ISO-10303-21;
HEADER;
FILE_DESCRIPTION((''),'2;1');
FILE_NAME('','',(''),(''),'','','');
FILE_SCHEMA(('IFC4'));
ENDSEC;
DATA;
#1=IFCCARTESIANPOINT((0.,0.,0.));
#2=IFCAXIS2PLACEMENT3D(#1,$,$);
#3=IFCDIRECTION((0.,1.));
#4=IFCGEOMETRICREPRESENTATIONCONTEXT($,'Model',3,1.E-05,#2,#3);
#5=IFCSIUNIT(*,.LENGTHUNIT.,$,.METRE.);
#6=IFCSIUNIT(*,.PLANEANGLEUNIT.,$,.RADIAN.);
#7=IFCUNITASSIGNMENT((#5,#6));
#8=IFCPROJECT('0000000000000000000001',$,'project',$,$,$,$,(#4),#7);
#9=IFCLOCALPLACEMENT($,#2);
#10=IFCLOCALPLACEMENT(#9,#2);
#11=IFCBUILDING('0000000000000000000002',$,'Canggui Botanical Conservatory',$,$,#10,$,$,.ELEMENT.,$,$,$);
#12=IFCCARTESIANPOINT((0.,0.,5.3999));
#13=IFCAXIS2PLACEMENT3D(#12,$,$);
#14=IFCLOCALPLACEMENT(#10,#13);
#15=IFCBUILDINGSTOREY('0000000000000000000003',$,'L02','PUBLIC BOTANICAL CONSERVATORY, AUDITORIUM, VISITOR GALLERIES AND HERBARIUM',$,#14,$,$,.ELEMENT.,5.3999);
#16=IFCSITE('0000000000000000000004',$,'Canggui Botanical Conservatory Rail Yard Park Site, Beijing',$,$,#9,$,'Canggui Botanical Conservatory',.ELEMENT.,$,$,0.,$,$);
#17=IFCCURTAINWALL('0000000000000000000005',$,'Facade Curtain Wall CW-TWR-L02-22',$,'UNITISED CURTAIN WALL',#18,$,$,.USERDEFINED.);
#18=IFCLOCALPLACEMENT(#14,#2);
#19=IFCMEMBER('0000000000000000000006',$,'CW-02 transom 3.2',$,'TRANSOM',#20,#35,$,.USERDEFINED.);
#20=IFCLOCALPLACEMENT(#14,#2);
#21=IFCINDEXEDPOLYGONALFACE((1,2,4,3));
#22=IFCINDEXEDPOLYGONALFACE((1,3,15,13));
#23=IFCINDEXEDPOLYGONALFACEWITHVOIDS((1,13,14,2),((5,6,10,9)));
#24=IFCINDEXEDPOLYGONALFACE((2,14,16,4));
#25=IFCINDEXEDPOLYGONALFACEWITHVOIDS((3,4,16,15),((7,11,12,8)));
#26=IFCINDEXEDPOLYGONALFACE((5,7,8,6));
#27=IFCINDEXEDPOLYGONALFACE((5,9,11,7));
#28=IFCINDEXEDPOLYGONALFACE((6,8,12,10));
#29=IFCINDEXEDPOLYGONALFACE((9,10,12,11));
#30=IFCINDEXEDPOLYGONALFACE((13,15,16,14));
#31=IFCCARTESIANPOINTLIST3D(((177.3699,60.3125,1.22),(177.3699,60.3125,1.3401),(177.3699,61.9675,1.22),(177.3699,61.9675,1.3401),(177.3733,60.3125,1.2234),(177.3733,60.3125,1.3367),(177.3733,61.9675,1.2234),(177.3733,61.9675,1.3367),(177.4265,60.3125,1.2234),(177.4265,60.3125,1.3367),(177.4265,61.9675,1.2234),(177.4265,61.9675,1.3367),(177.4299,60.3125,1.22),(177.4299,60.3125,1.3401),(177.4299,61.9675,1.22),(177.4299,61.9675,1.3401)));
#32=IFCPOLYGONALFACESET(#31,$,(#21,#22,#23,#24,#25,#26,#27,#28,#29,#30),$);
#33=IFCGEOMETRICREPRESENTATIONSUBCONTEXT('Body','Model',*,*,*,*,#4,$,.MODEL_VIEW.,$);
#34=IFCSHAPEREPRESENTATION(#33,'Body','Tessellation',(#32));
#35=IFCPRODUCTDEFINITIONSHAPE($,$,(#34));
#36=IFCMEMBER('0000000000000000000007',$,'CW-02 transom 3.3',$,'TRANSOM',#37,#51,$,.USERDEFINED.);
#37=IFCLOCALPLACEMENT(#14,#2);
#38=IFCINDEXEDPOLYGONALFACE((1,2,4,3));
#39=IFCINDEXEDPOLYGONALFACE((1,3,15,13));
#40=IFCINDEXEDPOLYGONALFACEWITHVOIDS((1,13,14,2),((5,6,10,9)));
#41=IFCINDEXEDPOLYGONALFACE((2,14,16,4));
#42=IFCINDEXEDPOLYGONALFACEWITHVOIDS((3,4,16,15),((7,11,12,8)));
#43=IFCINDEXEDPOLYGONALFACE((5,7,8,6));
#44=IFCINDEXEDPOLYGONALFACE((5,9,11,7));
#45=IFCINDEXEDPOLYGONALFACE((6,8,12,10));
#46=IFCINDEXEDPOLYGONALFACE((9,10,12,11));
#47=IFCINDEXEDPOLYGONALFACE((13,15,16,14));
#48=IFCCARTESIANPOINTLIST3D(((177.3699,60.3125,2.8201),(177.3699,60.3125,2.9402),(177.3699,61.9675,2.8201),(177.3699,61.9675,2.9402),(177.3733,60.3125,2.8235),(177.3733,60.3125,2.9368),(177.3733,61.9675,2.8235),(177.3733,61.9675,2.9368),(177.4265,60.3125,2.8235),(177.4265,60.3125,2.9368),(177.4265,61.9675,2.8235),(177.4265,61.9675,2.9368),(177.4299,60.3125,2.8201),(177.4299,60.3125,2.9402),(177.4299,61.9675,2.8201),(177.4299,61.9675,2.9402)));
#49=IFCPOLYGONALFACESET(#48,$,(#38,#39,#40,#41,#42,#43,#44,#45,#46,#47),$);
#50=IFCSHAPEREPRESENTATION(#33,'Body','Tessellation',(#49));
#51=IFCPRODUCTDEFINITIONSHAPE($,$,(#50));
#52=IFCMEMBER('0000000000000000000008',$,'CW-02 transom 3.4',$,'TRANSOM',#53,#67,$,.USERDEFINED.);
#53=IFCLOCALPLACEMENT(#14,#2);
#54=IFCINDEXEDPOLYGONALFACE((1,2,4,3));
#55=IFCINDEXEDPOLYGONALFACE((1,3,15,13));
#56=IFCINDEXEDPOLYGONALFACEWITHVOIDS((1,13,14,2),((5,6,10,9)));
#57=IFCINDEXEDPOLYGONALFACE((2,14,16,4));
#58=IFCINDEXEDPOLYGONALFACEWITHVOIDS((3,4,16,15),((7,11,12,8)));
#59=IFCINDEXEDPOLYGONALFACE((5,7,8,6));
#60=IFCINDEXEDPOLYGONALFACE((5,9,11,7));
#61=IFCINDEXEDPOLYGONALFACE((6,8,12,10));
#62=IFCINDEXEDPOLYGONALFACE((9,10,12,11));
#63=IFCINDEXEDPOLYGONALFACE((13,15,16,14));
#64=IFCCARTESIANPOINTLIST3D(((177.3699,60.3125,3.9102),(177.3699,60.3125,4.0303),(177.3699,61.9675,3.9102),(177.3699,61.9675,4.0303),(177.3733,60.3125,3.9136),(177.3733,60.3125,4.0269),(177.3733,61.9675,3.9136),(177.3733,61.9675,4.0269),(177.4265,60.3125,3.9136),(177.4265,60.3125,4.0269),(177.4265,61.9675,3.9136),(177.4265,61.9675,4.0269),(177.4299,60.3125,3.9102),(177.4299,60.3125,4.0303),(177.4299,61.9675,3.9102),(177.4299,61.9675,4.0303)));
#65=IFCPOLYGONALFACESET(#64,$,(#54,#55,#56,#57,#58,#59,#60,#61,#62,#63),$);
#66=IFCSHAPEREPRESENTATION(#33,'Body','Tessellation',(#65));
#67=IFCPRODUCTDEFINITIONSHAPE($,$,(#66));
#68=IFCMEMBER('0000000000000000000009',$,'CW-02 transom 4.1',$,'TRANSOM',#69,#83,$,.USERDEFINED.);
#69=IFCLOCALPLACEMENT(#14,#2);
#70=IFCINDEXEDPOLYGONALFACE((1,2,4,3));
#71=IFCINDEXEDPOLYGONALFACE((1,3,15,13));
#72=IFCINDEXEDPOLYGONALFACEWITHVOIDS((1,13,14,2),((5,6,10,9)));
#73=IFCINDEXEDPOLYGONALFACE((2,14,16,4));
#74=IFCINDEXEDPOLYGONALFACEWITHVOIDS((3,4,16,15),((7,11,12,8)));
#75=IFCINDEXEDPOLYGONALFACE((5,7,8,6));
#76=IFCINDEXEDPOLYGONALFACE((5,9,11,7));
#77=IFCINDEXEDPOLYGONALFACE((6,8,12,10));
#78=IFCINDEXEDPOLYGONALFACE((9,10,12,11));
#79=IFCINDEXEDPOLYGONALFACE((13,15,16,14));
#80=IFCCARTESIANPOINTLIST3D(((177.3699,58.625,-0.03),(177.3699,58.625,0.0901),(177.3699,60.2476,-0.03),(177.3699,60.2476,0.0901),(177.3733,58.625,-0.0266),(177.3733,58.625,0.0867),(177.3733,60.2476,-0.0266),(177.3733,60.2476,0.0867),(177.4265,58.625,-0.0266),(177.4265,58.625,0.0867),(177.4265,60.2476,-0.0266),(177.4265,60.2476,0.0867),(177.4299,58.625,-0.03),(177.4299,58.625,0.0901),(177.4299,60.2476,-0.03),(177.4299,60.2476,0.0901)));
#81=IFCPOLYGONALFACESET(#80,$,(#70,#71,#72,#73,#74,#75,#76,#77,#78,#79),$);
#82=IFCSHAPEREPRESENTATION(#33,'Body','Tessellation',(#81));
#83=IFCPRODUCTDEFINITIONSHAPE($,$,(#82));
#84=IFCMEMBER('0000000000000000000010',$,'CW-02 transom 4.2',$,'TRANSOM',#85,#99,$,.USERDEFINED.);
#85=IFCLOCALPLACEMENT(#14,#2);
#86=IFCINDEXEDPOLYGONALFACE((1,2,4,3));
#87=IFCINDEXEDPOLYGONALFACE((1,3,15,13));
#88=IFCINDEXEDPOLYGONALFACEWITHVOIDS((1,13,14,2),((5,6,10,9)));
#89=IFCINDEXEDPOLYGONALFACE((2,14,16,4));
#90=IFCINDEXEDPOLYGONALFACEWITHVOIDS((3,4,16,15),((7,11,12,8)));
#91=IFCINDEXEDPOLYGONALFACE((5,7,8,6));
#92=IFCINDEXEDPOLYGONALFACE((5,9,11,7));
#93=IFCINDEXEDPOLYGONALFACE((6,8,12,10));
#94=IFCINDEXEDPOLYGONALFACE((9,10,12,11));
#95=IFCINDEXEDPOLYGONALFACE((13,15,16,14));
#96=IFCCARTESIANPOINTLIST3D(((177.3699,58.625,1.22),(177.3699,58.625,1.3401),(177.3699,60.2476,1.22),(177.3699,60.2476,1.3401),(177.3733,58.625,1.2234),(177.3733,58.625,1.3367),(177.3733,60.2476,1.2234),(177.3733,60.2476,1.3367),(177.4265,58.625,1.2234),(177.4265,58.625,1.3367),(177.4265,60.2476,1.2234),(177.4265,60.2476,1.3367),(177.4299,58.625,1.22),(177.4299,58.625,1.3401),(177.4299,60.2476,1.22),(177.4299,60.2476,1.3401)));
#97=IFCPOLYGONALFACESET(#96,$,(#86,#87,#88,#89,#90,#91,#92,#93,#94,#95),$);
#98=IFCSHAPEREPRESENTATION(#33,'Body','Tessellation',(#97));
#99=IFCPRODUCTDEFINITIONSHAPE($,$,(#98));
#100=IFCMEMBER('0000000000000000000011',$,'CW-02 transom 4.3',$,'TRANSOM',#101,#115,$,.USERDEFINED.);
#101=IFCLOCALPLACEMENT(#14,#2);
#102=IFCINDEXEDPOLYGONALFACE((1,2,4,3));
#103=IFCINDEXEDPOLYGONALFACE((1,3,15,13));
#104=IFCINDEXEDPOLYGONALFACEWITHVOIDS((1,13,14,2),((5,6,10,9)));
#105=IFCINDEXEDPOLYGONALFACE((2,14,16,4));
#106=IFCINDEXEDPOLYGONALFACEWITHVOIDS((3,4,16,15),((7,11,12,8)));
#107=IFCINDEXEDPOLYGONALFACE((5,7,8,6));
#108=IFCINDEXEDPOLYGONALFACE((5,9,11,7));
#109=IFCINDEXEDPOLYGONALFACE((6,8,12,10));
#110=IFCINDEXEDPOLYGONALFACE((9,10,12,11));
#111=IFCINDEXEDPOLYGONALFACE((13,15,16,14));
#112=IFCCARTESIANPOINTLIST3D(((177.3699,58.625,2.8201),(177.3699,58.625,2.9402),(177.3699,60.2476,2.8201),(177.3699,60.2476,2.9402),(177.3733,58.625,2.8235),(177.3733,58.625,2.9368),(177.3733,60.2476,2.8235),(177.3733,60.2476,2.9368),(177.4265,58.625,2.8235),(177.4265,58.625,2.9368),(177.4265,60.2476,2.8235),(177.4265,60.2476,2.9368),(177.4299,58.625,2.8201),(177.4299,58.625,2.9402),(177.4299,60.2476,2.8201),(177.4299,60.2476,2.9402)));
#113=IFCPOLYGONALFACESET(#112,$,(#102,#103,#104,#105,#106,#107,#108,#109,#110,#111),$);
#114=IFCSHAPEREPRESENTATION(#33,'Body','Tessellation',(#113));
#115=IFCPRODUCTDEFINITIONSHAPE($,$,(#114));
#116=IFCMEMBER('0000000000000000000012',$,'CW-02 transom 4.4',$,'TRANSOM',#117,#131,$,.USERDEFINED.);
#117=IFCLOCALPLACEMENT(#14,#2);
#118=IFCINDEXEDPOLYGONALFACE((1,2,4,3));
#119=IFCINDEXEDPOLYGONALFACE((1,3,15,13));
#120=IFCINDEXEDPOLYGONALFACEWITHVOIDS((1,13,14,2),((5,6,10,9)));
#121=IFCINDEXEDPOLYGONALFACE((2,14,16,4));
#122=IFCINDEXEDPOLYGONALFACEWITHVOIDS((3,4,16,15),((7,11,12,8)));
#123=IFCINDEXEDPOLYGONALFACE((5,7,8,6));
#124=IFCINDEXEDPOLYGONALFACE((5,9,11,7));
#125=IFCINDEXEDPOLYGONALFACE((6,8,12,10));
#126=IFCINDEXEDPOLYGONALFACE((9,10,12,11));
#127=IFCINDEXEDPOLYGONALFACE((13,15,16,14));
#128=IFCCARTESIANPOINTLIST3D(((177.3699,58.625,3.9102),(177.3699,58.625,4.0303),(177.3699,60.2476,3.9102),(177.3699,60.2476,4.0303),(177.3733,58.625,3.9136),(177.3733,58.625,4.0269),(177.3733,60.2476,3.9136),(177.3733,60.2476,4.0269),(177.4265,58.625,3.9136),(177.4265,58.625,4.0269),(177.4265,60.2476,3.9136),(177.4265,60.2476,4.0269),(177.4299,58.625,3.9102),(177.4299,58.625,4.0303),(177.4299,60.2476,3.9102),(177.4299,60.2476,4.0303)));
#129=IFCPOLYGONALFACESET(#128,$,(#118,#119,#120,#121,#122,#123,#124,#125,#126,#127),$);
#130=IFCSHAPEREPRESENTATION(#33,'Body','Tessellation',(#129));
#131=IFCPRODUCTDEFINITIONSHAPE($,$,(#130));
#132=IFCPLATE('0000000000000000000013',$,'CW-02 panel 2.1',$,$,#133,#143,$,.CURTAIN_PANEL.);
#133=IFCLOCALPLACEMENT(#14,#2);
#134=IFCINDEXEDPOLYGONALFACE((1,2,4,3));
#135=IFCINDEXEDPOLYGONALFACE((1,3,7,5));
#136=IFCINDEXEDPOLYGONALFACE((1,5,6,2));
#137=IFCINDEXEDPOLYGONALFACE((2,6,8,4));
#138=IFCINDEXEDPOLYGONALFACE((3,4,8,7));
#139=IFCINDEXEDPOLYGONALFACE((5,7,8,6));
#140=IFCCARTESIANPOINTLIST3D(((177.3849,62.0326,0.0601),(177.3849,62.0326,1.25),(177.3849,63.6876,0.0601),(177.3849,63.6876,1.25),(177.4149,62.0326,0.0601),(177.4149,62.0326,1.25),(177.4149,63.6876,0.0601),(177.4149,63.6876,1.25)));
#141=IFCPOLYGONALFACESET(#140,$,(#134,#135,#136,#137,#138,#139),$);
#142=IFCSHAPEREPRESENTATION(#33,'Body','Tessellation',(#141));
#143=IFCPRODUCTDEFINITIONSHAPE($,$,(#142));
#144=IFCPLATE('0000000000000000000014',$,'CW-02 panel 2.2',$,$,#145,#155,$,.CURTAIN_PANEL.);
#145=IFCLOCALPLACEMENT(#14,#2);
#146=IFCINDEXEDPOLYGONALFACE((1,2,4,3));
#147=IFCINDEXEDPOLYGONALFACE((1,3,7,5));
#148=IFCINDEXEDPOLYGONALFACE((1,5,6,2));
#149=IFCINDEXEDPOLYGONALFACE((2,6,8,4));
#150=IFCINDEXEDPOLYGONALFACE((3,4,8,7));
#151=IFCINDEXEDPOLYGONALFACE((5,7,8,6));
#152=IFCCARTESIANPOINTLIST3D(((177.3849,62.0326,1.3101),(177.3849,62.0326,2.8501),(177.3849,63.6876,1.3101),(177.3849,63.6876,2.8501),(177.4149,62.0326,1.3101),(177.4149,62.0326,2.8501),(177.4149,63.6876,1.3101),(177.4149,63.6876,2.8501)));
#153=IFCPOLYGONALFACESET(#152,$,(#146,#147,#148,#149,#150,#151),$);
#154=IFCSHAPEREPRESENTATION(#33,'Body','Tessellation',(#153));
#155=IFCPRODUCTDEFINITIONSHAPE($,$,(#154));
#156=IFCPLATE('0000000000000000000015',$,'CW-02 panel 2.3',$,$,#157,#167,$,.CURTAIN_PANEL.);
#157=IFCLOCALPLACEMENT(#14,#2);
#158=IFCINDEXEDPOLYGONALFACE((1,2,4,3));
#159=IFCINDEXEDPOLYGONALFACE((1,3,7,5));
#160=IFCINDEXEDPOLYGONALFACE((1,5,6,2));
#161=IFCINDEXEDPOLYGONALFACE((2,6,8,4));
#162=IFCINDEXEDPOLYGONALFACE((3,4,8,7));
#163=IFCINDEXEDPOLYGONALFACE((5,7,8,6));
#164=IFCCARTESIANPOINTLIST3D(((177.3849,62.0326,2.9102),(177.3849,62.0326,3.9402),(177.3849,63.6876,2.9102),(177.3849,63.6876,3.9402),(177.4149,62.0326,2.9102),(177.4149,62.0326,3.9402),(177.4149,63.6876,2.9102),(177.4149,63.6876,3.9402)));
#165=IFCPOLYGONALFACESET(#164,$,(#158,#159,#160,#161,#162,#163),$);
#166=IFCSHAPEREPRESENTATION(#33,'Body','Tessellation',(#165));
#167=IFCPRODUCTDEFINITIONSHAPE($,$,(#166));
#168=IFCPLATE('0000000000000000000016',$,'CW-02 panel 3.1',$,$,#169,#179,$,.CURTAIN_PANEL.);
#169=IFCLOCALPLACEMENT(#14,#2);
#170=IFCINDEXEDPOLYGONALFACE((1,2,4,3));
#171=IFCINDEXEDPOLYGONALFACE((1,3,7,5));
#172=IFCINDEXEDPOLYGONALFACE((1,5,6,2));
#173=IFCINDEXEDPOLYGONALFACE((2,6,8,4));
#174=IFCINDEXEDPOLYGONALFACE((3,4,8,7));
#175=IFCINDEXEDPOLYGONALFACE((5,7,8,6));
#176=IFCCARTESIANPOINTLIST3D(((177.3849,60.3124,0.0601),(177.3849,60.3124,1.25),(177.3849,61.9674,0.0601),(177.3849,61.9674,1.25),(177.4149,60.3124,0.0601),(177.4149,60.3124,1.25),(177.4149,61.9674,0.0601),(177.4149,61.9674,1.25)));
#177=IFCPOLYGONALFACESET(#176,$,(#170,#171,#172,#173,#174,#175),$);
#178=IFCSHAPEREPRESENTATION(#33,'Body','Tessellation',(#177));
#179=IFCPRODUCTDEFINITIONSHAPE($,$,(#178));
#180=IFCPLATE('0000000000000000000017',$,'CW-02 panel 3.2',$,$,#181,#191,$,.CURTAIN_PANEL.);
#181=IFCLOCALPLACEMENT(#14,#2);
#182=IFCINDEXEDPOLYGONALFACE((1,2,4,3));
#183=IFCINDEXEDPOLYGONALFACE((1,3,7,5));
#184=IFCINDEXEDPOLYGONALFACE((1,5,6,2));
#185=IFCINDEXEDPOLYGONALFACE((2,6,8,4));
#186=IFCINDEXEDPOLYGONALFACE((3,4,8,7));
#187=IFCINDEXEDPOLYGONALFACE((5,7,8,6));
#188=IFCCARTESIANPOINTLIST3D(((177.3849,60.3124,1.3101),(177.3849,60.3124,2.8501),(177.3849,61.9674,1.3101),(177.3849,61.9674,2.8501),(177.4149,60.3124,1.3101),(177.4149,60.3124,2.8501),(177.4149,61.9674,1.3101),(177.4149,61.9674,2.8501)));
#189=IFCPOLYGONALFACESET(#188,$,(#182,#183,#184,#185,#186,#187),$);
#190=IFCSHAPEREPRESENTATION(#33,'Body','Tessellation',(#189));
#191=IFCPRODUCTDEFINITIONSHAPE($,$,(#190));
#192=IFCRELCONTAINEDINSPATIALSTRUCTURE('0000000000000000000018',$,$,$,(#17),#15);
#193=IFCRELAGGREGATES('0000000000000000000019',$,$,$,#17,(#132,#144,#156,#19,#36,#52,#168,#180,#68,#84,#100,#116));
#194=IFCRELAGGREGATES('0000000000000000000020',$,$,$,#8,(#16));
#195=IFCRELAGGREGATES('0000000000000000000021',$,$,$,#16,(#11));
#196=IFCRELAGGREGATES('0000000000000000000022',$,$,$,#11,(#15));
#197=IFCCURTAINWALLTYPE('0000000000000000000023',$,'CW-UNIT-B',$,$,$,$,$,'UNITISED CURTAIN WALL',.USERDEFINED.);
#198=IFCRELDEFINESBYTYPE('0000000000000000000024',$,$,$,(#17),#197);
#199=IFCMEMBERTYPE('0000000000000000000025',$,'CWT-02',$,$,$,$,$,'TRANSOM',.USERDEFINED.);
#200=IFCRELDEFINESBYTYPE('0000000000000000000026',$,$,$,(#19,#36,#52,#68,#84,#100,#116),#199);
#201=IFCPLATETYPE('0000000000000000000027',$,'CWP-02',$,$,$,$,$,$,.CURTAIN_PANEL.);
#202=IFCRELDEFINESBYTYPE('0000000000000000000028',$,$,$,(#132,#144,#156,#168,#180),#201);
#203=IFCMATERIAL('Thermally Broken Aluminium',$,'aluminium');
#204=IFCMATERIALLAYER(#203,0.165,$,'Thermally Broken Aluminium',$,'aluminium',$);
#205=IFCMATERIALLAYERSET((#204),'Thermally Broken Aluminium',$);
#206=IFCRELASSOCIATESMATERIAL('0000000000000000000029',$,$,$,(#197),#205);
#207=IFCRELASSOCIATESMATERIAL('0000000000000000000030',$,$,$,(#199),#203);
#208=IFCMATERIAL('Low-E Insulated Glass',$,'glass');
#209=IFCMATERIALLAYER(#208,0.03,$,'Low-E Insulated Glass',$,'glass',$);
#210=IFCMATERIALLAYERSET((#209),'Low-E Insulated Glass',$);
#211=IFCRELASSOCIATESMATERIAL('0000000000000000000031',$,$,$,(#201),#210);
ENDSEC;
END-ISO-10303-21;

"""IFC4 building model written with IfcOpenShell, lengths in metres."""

from ifc_helpers import new_model, si_unit, direction, frame, origin, origin_2d, place, context, subcontext, project, spatial, rectangle, hollow_rectangle, extrude, material, layer, layer_set, material_profile, profile_set, type_object, element, aggregate, save


model = new_model("IFC4")

# Units and contexts
model_context = context("Model", 3, precision=1e-05, world=origin(), true_north=direction((0.0, 1.0)))
body_context = subcontext(model_context, "Body", "Model", "MODEL_VIEW")
ifc_project = project(units=[si_unit("LENGTHUNIT", "METRE"), si_unit("PLANEANGLEUNIT", "RADIAN")], contexts=[model_context])

# Site, building, storey
site_placement = place(None, origin())
site = spatial("IfcSite", under=ifc_project, at=site_placement, Name="Canggui Botanical Conservatory Rail Yard Park Site, Beijing", LongName="Canggui Botanical Conservatory", CompositionType="ELEMENT", RefElevation=0.0)
building_placement = place(site_placement, origin())
building = spatial("IfcBuilding", under=site, at=building_placement, Name="Canggui Botanical Conservatory", CompositionType="ELEMENT")
storey_placement = place(building_placement, frame((0.0, 0.0, 5.3999)))
storey = spatial("IfcBuildingStorey", under=building, at=storey_placement, Name="L02", Description="PUBLIC BOTANICAL CONSERVATORY, AUDITORIUM, VISITOR GALLERIES AND HERBARIUM", CompositionType="ELEMENT", Elevation=5.3999)

# Curtain wall, members, plates
ifc_material_1 = material(Name="Thermally Broken Aluminium", Category="aluminium")
ifc_layer_1 = layer(ifc_material_1, 0.165, Name="Thermally Broken Aluminium", Category="aluminium")
ifc_layer_set_1 = layer_set([ifc_layer_1], Name="Thermally Broken Aluminium")
curtain_wall_type = type_object("IfcCurtainWallType", Name="CW-UNIT-B", ElementType="UNITISED CURTAIN WALL", PredefinedType="USERDEFINED", material=ifc_layer_set_1)
curtain_wall_placement = place(storey_placement, origin())
curtain_wall = element("IfcCurtainWall", 1, at=curtain_wall_placement, inside=storey, type_object=curtain_wall_type, Name="Facade Curtain Wall CW-TWR-L02-22", ObjectType="UNITISED CURTAIN WALL", PredefinedType="USERDEFINED")
ifc_material_profile_1 = material_profile(ifc_material_1, hollow_rectangle(XDim=0.0601, YDim=0.1201, WallThickness=0.0034, at=origin_2d()), Name="CWT 60x120x3.5")
ifc_profile_set_1 = profile_set([ifc_material_profile_1], Name="Thermally Broken Aluminium")
member_type_1 = type_object("IfcMemberType", Name="CWT-02", ElementType="TRANSOM", PredefinedType="USERDEFINED", material=ifc_profile_set_1)
member_1_placement = place(storey_placement, frame((177.3999, 61.9675, 1.28), z_axis=(0.0, -1.0, 0.0), x_axis=(1.0, 0.0, 0.0)))
member_1 = element("IfcMember", 2, at=member_1_placement, type_object=member_type_1, Name="CW-02 transom 3.2", ObjectType="TRANSOM", PredefinedType="USERDEFINED", context=body_context, shape_type="SweptSolid", body=[
    extrude(hollow_rectangle(XDim=0.0601, YDim=0.1201, WallThickness=0.0034, at=origin_2d()), origin(), (0.0, 0.0, 1.0), 1.655),
])
member_2_placement = place(storey_placement, frame((177.3999, 61.9675, 2.8801), z_axis=(0.0, -1.0, 0.0), x_axis=(1.0, 0.0, 0.0)))
member_2 = element("IfcMember", 3, at=member_2_placement, type_object=member_type_1, Name="CW-02 transom 3.3", ObjectType="TRANSOM", PredefinedType="USERDEFINED", context=body_context, shape_type="SweptSolid", body=[
    extrude(hollow_rectangle(XDim=0.0601, YDim=0.1201, WallThickness=0.0034, at=origin_2d()), origin(), (0.0, 0.0, 1.0), 1.655),
])
member_3_placement = place(storey_placement, frame((177.3999, 61.9675, 3.9702), z_axis=(0.0, -1.0, 0.0), x_axis=(1.0, 0.0, 0.0)))
member_3 = element("IfcMember", 4, at=member_3_placement, type_object=member_type_1, Name="CW-02 transom 3.4", ObjectType="TRANSOM", PredefinedType="USERDEFINED", context=body_context, shape_type="SweptSolid", body=[
    extrude(hollow_rectangle(XDim=0.0601, YDim=0.1201, WallThickness=0.0034, at=origin_2d()), origin(), (0.0, 0.0, 1.0), 1.655),
])
member_4_placement = place(storey_placement, frame((177.3999, 60.2476, 0.03), z_axis=(0.0, -1.0, 0.0), x_axis=(1.0, 0.0, 0.0)))
member_4 = element("IfcMember", 5, at=member_4_placement, type_object=member_type_1, Name="CW-02 transom 4.1", ObjectType="TRANSOM", PredefinedType="USERDEFINED", context=body_context, shape_type="SweptSolid", body=[
    extrude(hollow_rectangle(XDim=0.0601, YDim=0.1201, WallThickness=0.0034, at=origin_2d()), origin(), (0.0, 0.0, 1.0), 1.6226),
])
member_5_placement = place(storey_placement, frame((177.3999, 60.2476, 1.28), z_axis=(0.0, -1.0, 0.0), x_axis=(1.0, 0.0, 0.0)))
member_5 = element("IfcMember", 6, at=member_5_placement, type_object=member_type_1, Name="CW-02 transom 4.2", ObjectType="TRANSOM", PredefinedType="USERDEFINED", context=body_context, shape_type="SweptSolid", body=[
    extrude(hollow_rectangle(XDim=0.0601, YDim=0.1201, WallThickness=0.0034, at=origin_2d()), origin(), (0.0, 0.0, 1.0), 1.6226),
])
member_6_placement = place(storey_placement, frame((177.3999, 60.2476, 2.8801), z_axis=(0.0, -1.0, 0.0), x_axis=(1.0, 0.0, 0.0)))
member_6 = element("IfcMember", 7, at=member_6_placement, type_object=member_type_1, Name="CW-02 transom 4.3", ObjectType="TRANSOM", PredefinedType="USERDEFINED", context=body_context, shape_type="SweptSolid", body=[
    extrude(hollow_rectangle(XDim=0.0601, YDim=0.1201, WallThickness=0.0034, at=origin_2d()), origin(), (0.0, 0.0, 1.0), 1.6226),
])
member_7_placement = place(storey_placement, frame((177.3999, 60.2476, 3.9702), z_axis=(0.0, -1.0, 0.0), x_axis=(1.0, 0.0, 0.0)))
member_7 = element("IfcMember", 8, at=member_7_placement, type_object=member_type_1, Name="CW-02 transom 4.4", ObjectType="TRANSOM", PredefinedType="USERDEFINED", context=body_context, shape_type="SweptSolid", body=[
    extrude(hollow_rectangle(XDim=0.0601, YDim=0.1201, WallThickness=0.0034, at=origin_2d()), origin(), (0.0, 0.0, 1.0), 1.6226),
])
ifc_material_2 = material(Name="Low-E Insulated Glass", Category="glass")
ifc_layer_2 = layer(ifc_material_2, 0.03, Name="Low-E Insulated Glass", Category="glass")
ifc_layer_set_2 = layer_set([ifc_layer_2], Name="Low-E Insulated Glass")
plate_type = type_object("IfcPlateType", Name="CWP-02", PredefinedType="CURTAIN_PANEL", material=ifc_layer_set_2)
plate_1_placement = place(storey_placement, frame((177.3999, 62.8601, 0.0601), z_axis=(0.0, 0.0, 1.0), x_axis=(0.0, -1.0, 0.0)))
plate_1 = element("IfcPlate", 9, at=plate_1_placement, type_object=plate_type, Name="CW-02 panel 2.1", PredefinedType="CURTAIN_PANEL", context=body_context, shape_type="SweptSolid", body=[
    extrude(rectangle(XDim=1.655, YDim=0.03, at=origin_2d()), origin(), (0.0, 0.0, 1.0), 1.1899),
])
plate_2_placement = place(storey_placement, frame((177.3999, 62.8601, 1.3101), z_axis=(0.0, 0.0, 1.0), x_axis=(0.0, -1.0, 0.0)))
plate_2 = element("IfcPlate", 10, at=plate_2_placement, type_object=plate_type, Name="CW-02 panel 2.2", PredefinedType="CURTAIN_PANEL", context=body_context, shape_type="SweptSolid", body=[
    extrude(rectangle(XDim=1.655, YDim=0.03, at=origin_2d()), origin(), (0.0, 0.0, 1.0), 1.54),
])
plate_3_placement = place(storey_placement, frame((177.3999, 62.8601, 2.9102), z_axis=(0.0, 0.0, 1.0), x_axis=(0.0, -1.0, 0.0)))
plate_3 = element("IfcPlate", 11, at=plate_3_placement, type_object=plate_type, Name="CW-02 panel 2.3", PredefinedType="CURTAIN_PANEL", context=body_context, shape_type="SweptSolid", body=[
    extrude(rectangle(XDim=1.655, YDim=0.03, at=origin_2d()), origin(), (0.0, 0.0, 1.0), 1.03),
])
plate_4_placement = place(storey_placement, frame((177.3999, 61.1399, 0.0601), z_axis=(0.0, 0.0, 1.0), x_axis=(0.0, -1.0, 0.0)))
plate_4 = element("IfcPlate", 12, at=plate_4_placement, type_object=plate_type, Name="CW-02 panel 3.1", PredefinedType="CURTAIN_PANEL", context=body_context, shape_type="SweptSolid", body=[
    extrude(rectangle(XDim=1.655, YDim=0.03, at=origin_2d()), origin(), (0.0, 0.0, 1.0), 1.1899),
])
plate_5_placement = place(storey_placement, frame((177.3999, 61.1399, 1.3101), z_axis=(0.0, 0.0, 1.0), x_axis=(0.0, -1.0, 0.0)))
plate_5 = element("IfcPlate", 13, at=plate_5_placement, type_object=plate_type, Name="CW-02 panel 3.2", PredefinedType="CURTAIN_PANEL", context=body_context, shape_type="SweptSolid", body=[
    extrude(rectangle(XDim=1.655, YDim=0.03, at=origin_2d()), origin(), (0.0, 0.0, 1.0), 1.54),
])
aggregate(curtain_wall, [plate_1, plate_2, plate_3, member_1, member_2, member_3, plate_4, plate_5, member_4, member_5, member_6, member_7])

save(model, "model.ifc")
